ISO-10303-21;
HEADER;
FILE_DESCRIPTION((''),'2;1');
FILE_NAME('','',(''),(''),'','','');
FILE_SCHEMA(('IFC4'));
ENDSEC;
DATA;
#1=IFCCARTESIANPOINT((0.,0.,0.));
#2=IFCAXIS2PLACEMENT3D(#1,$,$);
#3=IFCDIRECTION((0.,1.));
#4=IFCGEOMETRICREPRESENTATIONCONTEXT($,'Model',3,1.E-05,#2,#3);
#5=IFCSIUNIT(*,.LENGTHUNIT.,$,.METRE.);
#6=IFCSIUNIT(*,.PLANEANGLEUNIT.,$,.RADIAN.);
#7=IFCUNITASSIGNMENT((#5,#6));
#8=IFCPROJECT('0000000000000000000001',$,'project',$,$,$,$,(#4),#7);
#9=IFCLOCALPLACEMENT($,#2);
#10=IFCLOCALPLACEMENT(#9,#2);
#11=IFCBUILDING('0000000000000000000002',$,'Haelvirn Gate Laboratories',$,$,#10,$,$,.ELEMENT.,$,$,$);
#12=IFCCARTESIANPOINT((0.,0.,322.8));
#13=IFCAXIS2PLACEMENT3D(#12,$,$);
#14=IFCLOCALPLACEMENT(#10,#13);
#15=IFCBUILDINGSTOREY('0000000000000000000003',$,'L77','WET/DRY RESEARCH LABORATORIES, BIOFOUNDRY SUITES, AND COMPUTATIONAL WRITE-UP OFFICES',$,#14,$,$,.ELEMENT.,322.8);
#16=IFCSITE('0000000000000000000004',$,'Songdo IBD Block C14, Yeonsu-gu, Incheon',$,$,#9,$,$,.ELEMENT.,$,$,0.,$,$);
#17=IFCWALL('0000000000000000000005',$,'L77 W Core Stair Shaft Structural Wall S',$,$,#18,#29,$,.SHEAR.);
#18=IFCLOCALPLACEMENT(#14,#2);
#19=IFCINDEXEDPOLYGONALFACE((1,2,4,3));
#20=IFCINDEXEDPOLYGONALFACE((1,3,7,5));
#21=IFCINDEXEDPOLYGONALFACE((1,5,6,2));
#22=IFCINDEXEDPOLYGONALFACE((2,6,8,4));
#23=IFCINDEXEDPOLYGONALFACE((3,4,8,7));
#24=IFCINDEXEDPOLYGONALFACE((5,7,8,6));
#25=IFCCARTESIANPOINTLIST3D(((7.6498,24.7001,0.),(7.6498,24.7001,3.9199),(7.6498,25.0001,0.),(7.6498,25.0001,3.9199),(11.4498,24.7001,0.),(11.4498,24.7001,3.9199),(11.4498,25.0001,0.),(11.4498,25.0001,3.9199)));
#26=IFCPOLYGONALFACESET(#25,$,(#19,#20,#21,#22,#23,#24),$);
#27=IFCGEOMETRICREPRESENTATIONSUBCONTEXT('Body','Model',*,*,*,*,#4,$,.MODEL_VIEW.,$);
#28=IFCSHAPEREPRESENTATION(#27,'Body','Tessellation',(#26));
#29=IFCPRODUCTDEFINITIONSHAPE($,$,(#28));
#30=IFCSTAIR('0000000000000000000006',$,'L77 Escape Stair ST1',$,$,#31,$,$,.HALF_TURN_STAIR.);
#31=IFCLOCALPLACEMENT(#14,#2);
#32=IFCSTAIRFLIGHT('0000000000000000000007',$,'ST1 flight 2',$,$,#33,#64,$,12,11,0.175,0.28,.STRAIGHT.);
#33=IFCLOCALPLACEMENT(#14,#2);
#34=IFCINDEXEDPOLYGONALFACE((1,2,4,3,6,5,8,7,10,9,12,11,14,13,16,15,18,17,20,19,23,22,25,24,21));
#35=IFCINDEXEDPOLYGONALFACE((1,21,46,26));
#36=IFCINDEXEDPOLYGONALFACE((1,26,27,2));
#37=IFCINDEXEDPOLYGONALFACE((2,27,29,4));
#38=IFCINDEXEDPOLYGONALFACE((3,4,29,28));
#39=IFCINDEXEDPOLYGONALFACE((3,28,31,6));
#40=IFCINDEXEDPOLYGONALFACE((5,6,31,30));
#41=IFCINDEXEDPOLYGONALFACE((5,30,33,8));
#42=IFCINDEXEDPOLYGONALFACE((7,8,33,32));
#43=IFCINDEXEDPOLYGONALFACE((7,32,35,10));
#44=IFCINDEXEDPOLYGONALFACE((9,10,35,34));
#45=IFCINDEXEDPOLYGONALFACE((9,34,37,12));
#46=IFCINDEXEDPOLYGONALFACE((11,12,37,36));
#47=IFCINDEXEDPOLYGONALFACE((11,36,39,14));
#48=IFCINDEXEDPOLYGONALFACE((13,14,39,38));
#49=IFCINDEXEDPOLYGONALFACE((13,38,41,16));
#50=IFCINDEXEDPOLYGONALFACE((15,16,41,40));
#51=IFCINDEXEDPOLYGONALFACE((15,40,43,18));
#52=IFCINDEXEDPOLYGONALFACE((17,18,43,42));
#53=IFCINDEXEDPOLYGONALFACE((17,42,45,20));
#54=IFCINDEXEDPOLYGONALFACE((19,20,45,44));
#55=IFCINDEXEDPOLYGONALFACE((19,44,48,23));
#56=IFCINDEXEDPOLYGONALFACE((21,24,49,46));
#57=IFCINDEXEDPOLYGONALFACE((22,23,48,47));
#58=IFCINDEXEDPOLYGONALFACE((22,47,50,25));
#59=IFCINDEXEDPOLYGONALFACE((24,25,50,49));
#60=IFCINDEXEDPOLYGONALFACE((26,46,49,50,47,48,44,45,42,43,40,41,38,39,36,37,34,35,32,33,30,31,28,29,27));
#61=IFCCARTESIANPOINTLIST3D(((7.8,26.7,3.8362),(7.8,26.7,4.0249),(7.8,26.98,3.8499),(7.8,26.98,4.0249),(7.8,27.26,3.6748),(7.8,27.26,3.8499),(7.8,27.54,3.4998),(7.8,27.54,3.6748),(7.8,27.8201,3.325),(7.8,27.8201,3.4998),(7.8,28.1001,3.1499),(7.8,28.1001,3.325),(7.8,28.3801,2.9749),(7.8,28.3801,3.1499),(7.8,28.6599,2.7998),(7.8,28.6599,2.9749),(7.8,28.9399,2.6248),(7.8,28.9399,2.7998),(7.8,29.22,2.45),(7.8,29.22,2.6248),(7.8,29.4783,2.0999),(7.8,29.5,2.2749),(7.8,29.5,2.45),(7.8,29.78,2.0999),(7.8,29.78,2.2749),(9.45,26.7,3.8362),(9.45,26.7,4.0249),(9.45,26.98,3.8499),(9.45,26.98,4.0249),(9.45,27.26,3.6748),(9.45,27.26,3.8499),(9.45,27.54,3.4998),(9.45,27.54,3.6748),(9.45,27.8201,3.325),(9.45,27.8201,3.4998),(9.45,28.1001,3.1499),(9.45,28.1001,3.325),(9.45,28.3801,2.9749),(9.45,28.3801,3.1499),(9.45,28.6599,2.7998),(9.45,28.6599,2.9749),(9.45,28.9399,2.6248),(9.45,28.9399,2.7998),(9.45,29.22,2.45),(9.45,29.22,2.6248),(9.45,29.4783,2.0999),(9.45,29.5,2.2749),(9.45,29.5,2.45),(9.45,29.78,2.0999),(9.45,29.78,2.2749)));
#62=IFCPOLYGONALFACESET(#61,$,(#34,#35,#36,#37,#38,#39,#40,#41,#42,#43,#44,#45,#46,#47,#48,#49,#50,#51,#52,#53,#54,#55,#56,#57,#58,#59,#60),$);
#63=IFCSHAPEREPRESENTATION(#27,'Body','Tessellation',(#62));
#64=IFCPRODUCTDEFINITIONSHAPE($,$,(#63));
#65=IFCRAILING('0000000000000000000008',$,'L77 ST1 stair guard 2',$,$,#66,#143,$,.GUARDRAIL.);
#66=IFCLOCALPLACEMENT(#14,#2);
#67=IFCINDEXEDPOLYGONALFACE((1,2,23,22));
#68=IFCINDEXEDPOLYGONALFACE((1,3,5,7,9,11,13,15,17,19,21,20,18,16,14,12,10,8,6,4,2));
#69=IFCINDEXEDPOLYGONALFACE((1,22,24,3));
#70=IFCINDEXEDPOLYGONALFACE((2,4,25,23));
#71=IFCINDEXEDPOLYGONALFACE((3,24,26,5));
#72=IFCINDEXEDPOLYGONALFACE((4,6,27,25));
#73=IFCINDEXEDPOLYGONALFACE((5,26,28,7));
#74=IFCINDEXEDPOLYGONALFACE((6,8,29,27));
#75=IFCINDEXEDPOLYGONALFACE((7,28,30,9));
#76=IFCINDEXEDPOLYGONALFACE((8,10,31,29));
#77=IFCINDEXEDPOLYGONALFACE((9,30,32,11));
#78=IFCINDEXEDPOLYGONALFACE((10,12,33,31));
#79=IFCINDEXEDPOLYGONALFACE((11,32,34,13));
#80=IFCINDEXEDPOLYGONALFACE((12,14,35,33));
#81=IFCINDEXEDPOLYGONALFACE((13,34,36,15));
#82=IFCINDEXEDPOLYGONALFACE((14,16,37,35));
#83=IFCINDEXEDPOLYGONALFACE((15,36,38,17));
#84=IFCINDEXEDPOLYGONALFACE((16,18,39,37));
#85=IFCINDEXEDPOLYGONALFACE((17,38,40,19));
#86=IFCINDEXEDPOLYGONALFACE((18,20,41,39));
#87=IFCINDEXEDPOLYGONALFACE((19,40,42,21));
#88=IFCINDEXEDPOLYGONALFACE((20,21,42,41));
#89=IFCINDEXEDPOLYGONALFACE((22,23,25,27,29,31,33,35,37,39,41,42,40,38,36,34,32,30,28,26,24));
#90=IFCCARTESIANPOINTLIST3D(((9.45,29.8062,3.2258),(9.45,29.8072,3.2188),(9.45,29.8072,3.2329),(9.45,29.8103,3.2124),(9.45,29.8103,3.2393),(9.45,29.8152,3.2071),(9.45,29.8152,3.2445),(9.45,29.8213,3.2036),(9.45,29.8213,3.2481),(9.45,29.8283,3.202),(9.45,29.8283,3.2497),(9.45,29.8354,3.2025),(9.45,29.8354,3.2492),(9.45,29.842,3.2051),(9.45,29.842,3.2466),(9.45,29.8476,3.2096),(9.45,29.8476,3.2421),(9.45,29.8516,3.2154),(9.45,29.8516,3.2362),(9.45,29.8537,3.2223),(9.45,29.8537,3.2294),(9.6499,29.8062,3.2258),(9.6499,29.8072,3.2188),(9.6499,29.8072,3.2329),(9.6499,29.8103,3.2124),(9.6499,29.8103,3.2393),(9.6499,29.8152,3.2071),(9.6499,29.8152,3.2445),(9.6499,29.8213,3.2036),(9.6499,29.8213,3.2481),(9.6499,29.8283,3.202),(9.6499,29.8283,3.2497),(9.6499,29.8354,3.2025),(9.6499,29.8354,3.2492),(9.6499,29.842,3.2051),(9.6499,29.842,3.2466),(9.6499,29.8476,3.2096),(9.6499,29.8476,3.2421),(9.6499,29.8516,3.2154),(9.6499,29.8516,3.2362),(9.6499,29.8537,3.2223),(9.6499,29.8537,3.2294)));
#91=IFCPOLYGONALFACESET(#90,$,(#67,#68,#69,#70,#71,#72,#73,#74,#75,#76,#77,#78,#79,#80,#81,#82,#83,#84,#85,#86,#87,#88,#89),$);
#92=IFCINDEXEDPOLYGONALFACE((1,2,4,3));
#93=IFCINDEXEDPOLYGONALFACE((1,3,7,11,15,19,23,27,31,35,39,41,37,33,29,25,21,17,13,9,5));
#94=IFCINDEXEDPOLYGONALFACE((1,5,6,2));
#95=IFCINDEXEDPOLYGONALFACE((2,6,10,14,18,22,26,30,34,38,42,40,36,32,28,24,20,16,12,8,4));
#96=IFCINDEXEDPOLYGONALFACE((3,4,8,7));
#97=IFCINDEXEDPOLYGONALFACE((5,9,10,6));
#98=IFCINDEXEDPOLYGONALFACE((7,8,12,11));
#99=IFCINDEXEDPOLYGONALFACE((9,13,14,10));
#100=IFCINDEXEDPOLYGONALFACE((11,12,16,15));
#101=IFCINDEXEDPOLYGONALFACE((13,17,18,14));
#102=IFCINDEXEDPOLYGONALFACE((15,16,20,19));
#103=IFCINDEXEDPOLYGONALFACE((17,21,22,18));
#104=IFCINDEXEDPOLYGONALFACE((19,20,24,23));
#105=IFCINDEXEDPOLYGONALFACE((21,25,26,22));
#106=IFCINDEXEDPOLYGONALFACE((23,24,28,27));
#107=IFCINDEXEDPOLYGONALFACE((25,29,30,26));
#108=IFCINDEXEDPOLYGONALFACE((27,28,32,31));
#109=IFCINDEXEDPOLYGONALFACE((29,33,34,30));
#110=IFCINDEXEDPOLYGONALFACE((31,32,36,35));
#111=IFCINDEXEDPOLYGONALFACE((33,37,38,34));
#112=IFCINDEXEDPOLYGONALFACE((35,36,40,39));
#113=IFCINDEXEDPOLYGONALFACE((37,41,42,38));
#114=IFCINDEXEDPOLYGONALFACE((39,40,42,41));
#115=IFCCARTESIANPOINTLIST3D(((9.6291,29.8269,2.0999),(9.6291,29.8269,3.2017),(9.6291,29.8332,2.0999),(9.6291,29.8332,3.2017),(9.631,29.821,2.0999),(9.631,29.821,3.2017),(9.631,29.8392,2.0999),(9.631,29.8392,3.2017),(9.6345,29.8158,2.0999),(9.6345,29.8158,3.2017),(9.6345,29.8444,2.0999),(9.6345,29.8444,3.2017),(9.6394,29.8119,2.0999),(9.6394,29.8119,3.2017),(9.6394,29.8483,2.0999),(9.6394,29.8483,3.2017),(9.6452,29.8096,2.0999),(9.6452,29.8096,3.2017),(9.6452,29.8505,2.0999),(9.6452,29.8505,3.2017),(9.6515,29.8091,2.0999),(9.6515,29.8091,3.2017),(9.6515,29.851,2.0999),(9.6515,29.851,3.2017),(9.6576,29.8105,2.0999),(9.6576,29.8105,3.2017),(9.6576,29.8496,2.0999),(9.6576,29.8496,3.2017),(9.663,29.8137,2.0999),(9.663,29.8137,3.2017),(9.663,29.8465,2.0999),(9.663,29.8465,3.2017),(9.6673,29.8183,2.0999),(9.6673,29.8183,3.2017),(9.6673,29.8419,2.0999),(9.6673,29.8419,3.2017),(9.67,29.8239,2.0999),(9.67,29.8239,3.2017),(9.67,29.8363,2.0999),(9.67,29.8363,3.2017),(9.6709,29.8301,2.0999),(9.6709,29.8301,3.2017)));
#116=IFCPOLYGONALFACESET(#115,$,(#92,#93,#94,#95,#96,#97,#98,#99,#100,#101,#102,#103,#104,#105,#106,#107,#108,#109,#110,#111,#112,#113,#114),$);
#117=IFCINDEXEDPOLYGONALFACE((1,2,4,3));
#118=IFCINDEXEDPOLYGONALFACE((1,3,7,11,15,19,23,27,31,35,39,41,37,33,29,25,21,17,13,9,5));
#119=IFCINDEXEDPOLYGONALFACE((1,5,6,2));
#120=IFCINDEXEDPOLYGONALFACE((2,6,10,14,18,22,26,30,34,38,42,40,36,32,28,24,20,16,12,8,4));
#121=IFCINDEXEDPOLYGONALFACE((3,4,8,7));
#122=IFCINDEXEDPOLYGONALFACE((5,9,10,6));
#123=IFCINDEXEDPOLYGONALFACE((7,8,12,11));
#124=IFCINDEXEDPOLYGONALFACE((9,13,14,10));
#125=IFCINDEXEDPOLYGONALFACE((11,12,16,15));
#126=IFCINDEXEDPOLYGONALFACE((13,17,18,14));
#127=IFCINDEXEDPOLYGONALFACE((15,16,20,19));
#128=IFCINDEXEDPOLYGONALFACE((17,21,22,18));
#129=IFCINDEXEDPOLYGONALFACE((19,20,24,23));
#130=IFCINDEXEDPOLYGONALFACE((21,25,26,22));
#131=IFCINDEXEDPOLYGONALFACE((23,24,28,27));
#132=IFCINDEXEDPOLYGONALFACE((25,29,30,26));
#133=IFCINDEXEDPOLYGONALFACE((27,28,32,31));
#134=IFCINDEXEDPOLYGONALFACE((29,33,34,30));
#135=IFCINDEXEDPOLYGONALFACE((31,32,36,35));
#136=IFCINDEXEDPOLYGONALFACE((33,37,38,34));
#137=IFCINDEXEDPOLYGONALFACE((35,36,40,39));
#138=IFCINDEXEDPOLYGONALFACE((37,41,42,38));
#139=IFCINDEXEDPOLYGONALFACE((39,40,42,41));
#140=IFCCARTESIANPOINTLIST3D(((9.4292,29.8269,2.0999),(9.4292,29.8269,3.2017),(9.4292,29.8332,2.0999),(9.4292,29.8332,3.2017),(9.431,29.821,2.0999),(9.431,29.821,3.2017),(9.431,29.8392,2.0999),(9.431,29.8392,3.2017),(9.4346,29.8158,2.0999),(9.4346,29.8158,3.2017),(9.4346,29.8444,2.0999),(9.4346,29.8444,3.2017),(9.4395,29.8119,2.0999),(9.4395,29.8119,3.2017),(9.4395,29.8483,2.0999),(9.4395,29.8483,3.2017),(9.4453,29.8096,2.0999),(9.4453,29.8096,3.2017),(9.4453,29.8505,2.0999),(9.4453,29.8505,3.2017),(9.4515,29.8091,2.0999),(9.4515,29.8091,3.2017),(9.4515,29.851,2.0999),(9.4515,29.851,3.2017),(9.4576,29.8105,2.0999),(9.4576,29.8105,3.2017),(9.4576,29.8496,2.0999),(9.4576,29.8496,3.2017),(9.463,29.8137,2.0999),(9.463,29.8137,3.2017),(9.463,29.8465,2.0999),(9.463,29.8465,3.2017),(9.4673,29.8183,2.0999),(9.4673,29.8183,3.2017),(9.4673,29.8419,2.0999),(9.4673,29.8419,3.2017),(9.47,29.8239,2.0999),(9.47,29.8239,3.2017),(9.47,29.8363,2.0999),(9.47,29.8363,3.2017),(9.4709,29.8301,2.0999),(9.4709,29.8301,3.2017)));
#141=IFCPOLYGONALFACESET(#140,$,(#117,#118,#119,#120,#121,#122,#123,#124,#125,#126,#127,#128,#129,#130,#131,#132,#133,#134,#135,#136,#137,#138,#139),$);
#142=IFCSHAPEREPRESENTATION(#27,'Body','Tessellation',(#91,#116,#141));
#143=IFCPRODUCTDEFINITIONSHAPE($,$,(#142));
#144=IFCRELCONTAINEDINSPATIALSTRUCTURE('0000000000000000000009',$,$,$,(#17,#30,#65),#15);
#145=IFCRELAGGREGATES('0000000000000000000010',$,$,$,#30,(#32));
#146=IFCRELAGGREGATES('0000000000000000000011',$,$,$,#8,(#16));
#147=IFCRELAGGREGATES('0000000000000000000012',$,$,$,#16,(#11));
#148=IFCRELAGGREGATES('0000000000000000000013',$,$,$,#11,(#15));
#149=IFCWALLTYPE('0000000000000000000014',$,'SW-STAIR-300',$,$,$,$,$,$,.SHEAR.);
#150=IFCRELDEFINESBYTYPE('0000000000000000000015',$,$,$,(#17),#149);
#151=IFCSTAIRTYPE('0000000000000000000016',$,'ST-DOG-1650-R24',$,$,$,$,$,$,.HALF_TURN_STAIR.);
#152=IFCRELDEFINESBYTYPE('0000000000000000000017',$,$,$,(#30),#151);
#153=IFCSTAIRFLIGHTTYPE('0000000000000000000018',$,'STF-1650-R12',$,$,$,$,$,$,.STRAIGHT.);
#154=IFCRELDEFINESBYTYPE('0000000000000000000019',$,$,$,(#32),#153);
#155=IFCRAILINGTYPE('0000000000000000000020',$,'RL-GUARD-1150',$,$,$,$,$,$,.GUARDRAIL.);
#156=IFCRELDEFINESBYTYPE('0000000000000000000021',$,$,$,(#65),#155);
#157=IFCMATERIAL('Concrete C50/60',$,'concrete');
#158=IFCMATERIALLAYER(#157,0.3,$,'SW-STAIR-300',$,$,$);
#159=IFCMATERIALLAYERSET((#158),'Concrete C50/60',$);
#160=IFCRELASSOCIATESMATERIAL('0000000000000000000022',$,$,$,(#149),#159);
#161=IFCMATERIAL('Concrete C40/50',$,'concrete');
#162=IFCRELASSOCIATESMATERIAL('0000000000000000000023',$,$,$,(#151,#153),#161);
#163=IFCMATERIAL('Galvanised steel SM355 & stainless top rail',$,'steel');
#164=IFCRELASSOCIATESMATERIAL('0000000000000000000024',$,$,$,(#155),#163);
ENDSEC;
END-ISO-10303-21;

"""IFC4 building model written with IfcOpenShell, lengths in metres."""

from ifc_helpers import new_model, si_unit, direction, frame, frame_2d, origin, origin_2d, place, context, subcontext, project, spatial, polyline, rectangle, circle, outline, extrude, source, transform, mapped, material, layer, layer_set, type_object, type_shapes, element, aggregate, save


model = new_model("IFC4")

# Units and contexts
model_context = context("Model", 3, precision=1e-05, world=origin(), true_north=direction((0.0, 1.0)))
body_context = subcontext(model_context, "Body", "Model", "MODEL_VIEW")
ifc_project = project(units=[si_unit("LENGTHUNIT", "METRE"), si_unit("PLANEANGLEUNIT", "RADIAN")], contexts=[model_context])

# Site, building, storey
site_placement = place(None, origin())
site = spatial("IfcSite", under=ifc_project, at=site_placement, Name="Songdo IBD Block C14, Yeonsu-gu, Incheon", CompositionType="ELEMENT", RefElevation=0.0)
building_placement = place(site_placement, origin())
building = spatial("IfcBuilding", under=site, at=building_placement, Name="Haelvirn Gate Laboratories", CompositionType="ELEMENT")
storey_placement = place(building_placement, frame((0.0, 0.0, 322.8)))
storey = spatial("IfcBuildingStorey", under=building, at=storey_placement, Name="L77", Description="WET/DRY RESEARCH LABORATORIES, BIOFOUNDRY SUITES, AND COMPUTATIONAL WRITE-UP OFFICES", CompositionType="ELEMENT", Elevation=322.8)

# Shared definitions
ifc_material_1 = material(Name="Concrete C50/60", Category="concrete")

# Shared definitions
ifc_material_2 = material(Name="Concrete C40/50", Category="concrete")

# Wall
ifc_layer_1 = layer(ifc_material_1, 0.3, Name="SW-STAIR-300")
ifc_layer_set_1 = layer_set([ifc_layer_1], Name="Concrete C50/60")
wall_type_1 = type_object("IfcWallType", Name="SW-STAIR-300", PredefinedType="SHEAR", material=ifc_layer_set_1)
wall_1_placement = place(storey_placement, frame((7.6499, 24.8501, 0.0), z_axis=(0.0, 0.0, 1.0), x_axis=(1.0, 0.0, 0.0)))
element("IfcWall", 1, at=wall_1_placement, inside=storey, type_object=wall_type_1, Name="L77 W Core Stair Shaft Structural Wall S", PredefinedType="SHEAR", context=body_context, shape_type="SweptSolid", body=[
    extrude(rectangle(XDim=3.8, YDim=0.3, at=frame_2d((1.8999, 0.0))), origin(), (0.0, 0.0, 1.0), 3.9199),
])

# Stair, stair flight
stair_type = type_object("IfcStairType", Name="ST-DOG-1650-R24", PredefinedType="HALF_TURN_STAIR", material=ifc_material_2)
stair_placement = place(storey_placement, origin())
stair = element("IfcStair", 2, at=stair_placement, inside=storey, type_object=stair_type, Name="L77 Escape Stair ST1", PredefinedType="HALF_TURN_STAIR")
stair_flight_type = type_object("IfcStairFlightType", Name="STF-1650-R12", PredefinedType="STRAIGHT", material=ifc_material_2)
shared_shape_1 = source(origin(), body_context, "Body", "SweptSolid", [
    extrude(outline(polyline([(0.0, 0.0), (0.0, 0.175), (0.28, 0.175), (0.28, 0.3501), (0.5601, 0.3501), (0.5601, 0.5249), (0.8401, 0.5249), (0.8401, 0.7), (1.1201, 0.7), (1.1201, 0.875), (1.3999, 0.875), (1.3999, 1.05), (1.6799, 1.05), (1.6799, 1.2251), (1.96, 1.2251), (1.96, 1.3999), (2.24, 1.3999), (2.24, 1.575), (2.52, 1.575), (2.52, 1.75), (2.8, 1.75), (2.8, 1.925), (3.0801, 1.925), (3.0801, 2.1001), (3.0801, 1.7363), (0.3018, 0.0), (0.0, 0.0)])), frame((0.0, 0.825, 0.0), z_axis=(0.0, -1.0, 0.0), x_axis=(1.0, 0.0, 0.0)), (0.0, 0.0, 1.0), 1.6499),
])
type_shapes(stair_flight_type, [shared_shape_1])
stair_flight_placement = place(storey_placement, frame((8.625, 29.78, 2.0999), z_axis=(0.0, 0.0, 1.0), x_axis=(0.0, -1.0, 0.0)))
stair_flight = element("IfcStairFlight", 3, at=stair_flight_placement, type_object=stair_flight_type, Name="ST1 flight 2", NumberOfRisers=12, NumberOfTreads=11, PredefinedType="STRAIGHT", RiserHeight=0.175, TreadLength=0.28, context=body_context, shape_type="MappedRepresentation", body=[
    mapped(shared_shape_1, transform((0.0, 0.0, 0.0), scale=1.0)),
])
aggregate(stair, [stair_flight])

# Railing
ifc_material_3 = material(Name="Galvanised steel SM355 & stainless top rail", Category="steel")
railing_type_1 = type_object("IfcRailingType", Name="RL-GUARD-1150", PredefinedType="GUARDRAIL", material=ifc_material_3)
shared_shape_2 = source(origin(), body_context, "Body", "SweptSolid", [
    extrude(circle(Radius=0.0239, at=origin_2d()), frame((0.0, 0.0, 1.126), z_axis=(-1.0, 0.0, 0.0), x_axis=(0.0, -1.0, 0.0)), (0.0, 0.0, 1.0), 0.2),
    extrude(circle(Radius=0.021, at=origin_2d()), origin(), (0.0, 0.0, 1.0), 1.1018),
    extrude(circle(Radius=0.021, at=origin_2d()), frame((-0.2, 0.0, 0.0)), (0.0, 0.0, 1.0), 1.1018),
])
for number, where, name in (
    (4, (9.6499, 29.8301, 2.0999), "L77 ST1 stair guard 2"),
):
    element("IfcRailing", number, at=place(storey_placement, frame(where)), inside=storey, type_object=railing_type_1, Name=name, PredefinedType="GUARDRAIL", context=body_context, shape_type="MappedRepresentation", body=[
        mapped(shared_shape_2, transform((0.0, 0.0, 0.0), scale=1.0)),
    ])

save(model, "model.ifc")
